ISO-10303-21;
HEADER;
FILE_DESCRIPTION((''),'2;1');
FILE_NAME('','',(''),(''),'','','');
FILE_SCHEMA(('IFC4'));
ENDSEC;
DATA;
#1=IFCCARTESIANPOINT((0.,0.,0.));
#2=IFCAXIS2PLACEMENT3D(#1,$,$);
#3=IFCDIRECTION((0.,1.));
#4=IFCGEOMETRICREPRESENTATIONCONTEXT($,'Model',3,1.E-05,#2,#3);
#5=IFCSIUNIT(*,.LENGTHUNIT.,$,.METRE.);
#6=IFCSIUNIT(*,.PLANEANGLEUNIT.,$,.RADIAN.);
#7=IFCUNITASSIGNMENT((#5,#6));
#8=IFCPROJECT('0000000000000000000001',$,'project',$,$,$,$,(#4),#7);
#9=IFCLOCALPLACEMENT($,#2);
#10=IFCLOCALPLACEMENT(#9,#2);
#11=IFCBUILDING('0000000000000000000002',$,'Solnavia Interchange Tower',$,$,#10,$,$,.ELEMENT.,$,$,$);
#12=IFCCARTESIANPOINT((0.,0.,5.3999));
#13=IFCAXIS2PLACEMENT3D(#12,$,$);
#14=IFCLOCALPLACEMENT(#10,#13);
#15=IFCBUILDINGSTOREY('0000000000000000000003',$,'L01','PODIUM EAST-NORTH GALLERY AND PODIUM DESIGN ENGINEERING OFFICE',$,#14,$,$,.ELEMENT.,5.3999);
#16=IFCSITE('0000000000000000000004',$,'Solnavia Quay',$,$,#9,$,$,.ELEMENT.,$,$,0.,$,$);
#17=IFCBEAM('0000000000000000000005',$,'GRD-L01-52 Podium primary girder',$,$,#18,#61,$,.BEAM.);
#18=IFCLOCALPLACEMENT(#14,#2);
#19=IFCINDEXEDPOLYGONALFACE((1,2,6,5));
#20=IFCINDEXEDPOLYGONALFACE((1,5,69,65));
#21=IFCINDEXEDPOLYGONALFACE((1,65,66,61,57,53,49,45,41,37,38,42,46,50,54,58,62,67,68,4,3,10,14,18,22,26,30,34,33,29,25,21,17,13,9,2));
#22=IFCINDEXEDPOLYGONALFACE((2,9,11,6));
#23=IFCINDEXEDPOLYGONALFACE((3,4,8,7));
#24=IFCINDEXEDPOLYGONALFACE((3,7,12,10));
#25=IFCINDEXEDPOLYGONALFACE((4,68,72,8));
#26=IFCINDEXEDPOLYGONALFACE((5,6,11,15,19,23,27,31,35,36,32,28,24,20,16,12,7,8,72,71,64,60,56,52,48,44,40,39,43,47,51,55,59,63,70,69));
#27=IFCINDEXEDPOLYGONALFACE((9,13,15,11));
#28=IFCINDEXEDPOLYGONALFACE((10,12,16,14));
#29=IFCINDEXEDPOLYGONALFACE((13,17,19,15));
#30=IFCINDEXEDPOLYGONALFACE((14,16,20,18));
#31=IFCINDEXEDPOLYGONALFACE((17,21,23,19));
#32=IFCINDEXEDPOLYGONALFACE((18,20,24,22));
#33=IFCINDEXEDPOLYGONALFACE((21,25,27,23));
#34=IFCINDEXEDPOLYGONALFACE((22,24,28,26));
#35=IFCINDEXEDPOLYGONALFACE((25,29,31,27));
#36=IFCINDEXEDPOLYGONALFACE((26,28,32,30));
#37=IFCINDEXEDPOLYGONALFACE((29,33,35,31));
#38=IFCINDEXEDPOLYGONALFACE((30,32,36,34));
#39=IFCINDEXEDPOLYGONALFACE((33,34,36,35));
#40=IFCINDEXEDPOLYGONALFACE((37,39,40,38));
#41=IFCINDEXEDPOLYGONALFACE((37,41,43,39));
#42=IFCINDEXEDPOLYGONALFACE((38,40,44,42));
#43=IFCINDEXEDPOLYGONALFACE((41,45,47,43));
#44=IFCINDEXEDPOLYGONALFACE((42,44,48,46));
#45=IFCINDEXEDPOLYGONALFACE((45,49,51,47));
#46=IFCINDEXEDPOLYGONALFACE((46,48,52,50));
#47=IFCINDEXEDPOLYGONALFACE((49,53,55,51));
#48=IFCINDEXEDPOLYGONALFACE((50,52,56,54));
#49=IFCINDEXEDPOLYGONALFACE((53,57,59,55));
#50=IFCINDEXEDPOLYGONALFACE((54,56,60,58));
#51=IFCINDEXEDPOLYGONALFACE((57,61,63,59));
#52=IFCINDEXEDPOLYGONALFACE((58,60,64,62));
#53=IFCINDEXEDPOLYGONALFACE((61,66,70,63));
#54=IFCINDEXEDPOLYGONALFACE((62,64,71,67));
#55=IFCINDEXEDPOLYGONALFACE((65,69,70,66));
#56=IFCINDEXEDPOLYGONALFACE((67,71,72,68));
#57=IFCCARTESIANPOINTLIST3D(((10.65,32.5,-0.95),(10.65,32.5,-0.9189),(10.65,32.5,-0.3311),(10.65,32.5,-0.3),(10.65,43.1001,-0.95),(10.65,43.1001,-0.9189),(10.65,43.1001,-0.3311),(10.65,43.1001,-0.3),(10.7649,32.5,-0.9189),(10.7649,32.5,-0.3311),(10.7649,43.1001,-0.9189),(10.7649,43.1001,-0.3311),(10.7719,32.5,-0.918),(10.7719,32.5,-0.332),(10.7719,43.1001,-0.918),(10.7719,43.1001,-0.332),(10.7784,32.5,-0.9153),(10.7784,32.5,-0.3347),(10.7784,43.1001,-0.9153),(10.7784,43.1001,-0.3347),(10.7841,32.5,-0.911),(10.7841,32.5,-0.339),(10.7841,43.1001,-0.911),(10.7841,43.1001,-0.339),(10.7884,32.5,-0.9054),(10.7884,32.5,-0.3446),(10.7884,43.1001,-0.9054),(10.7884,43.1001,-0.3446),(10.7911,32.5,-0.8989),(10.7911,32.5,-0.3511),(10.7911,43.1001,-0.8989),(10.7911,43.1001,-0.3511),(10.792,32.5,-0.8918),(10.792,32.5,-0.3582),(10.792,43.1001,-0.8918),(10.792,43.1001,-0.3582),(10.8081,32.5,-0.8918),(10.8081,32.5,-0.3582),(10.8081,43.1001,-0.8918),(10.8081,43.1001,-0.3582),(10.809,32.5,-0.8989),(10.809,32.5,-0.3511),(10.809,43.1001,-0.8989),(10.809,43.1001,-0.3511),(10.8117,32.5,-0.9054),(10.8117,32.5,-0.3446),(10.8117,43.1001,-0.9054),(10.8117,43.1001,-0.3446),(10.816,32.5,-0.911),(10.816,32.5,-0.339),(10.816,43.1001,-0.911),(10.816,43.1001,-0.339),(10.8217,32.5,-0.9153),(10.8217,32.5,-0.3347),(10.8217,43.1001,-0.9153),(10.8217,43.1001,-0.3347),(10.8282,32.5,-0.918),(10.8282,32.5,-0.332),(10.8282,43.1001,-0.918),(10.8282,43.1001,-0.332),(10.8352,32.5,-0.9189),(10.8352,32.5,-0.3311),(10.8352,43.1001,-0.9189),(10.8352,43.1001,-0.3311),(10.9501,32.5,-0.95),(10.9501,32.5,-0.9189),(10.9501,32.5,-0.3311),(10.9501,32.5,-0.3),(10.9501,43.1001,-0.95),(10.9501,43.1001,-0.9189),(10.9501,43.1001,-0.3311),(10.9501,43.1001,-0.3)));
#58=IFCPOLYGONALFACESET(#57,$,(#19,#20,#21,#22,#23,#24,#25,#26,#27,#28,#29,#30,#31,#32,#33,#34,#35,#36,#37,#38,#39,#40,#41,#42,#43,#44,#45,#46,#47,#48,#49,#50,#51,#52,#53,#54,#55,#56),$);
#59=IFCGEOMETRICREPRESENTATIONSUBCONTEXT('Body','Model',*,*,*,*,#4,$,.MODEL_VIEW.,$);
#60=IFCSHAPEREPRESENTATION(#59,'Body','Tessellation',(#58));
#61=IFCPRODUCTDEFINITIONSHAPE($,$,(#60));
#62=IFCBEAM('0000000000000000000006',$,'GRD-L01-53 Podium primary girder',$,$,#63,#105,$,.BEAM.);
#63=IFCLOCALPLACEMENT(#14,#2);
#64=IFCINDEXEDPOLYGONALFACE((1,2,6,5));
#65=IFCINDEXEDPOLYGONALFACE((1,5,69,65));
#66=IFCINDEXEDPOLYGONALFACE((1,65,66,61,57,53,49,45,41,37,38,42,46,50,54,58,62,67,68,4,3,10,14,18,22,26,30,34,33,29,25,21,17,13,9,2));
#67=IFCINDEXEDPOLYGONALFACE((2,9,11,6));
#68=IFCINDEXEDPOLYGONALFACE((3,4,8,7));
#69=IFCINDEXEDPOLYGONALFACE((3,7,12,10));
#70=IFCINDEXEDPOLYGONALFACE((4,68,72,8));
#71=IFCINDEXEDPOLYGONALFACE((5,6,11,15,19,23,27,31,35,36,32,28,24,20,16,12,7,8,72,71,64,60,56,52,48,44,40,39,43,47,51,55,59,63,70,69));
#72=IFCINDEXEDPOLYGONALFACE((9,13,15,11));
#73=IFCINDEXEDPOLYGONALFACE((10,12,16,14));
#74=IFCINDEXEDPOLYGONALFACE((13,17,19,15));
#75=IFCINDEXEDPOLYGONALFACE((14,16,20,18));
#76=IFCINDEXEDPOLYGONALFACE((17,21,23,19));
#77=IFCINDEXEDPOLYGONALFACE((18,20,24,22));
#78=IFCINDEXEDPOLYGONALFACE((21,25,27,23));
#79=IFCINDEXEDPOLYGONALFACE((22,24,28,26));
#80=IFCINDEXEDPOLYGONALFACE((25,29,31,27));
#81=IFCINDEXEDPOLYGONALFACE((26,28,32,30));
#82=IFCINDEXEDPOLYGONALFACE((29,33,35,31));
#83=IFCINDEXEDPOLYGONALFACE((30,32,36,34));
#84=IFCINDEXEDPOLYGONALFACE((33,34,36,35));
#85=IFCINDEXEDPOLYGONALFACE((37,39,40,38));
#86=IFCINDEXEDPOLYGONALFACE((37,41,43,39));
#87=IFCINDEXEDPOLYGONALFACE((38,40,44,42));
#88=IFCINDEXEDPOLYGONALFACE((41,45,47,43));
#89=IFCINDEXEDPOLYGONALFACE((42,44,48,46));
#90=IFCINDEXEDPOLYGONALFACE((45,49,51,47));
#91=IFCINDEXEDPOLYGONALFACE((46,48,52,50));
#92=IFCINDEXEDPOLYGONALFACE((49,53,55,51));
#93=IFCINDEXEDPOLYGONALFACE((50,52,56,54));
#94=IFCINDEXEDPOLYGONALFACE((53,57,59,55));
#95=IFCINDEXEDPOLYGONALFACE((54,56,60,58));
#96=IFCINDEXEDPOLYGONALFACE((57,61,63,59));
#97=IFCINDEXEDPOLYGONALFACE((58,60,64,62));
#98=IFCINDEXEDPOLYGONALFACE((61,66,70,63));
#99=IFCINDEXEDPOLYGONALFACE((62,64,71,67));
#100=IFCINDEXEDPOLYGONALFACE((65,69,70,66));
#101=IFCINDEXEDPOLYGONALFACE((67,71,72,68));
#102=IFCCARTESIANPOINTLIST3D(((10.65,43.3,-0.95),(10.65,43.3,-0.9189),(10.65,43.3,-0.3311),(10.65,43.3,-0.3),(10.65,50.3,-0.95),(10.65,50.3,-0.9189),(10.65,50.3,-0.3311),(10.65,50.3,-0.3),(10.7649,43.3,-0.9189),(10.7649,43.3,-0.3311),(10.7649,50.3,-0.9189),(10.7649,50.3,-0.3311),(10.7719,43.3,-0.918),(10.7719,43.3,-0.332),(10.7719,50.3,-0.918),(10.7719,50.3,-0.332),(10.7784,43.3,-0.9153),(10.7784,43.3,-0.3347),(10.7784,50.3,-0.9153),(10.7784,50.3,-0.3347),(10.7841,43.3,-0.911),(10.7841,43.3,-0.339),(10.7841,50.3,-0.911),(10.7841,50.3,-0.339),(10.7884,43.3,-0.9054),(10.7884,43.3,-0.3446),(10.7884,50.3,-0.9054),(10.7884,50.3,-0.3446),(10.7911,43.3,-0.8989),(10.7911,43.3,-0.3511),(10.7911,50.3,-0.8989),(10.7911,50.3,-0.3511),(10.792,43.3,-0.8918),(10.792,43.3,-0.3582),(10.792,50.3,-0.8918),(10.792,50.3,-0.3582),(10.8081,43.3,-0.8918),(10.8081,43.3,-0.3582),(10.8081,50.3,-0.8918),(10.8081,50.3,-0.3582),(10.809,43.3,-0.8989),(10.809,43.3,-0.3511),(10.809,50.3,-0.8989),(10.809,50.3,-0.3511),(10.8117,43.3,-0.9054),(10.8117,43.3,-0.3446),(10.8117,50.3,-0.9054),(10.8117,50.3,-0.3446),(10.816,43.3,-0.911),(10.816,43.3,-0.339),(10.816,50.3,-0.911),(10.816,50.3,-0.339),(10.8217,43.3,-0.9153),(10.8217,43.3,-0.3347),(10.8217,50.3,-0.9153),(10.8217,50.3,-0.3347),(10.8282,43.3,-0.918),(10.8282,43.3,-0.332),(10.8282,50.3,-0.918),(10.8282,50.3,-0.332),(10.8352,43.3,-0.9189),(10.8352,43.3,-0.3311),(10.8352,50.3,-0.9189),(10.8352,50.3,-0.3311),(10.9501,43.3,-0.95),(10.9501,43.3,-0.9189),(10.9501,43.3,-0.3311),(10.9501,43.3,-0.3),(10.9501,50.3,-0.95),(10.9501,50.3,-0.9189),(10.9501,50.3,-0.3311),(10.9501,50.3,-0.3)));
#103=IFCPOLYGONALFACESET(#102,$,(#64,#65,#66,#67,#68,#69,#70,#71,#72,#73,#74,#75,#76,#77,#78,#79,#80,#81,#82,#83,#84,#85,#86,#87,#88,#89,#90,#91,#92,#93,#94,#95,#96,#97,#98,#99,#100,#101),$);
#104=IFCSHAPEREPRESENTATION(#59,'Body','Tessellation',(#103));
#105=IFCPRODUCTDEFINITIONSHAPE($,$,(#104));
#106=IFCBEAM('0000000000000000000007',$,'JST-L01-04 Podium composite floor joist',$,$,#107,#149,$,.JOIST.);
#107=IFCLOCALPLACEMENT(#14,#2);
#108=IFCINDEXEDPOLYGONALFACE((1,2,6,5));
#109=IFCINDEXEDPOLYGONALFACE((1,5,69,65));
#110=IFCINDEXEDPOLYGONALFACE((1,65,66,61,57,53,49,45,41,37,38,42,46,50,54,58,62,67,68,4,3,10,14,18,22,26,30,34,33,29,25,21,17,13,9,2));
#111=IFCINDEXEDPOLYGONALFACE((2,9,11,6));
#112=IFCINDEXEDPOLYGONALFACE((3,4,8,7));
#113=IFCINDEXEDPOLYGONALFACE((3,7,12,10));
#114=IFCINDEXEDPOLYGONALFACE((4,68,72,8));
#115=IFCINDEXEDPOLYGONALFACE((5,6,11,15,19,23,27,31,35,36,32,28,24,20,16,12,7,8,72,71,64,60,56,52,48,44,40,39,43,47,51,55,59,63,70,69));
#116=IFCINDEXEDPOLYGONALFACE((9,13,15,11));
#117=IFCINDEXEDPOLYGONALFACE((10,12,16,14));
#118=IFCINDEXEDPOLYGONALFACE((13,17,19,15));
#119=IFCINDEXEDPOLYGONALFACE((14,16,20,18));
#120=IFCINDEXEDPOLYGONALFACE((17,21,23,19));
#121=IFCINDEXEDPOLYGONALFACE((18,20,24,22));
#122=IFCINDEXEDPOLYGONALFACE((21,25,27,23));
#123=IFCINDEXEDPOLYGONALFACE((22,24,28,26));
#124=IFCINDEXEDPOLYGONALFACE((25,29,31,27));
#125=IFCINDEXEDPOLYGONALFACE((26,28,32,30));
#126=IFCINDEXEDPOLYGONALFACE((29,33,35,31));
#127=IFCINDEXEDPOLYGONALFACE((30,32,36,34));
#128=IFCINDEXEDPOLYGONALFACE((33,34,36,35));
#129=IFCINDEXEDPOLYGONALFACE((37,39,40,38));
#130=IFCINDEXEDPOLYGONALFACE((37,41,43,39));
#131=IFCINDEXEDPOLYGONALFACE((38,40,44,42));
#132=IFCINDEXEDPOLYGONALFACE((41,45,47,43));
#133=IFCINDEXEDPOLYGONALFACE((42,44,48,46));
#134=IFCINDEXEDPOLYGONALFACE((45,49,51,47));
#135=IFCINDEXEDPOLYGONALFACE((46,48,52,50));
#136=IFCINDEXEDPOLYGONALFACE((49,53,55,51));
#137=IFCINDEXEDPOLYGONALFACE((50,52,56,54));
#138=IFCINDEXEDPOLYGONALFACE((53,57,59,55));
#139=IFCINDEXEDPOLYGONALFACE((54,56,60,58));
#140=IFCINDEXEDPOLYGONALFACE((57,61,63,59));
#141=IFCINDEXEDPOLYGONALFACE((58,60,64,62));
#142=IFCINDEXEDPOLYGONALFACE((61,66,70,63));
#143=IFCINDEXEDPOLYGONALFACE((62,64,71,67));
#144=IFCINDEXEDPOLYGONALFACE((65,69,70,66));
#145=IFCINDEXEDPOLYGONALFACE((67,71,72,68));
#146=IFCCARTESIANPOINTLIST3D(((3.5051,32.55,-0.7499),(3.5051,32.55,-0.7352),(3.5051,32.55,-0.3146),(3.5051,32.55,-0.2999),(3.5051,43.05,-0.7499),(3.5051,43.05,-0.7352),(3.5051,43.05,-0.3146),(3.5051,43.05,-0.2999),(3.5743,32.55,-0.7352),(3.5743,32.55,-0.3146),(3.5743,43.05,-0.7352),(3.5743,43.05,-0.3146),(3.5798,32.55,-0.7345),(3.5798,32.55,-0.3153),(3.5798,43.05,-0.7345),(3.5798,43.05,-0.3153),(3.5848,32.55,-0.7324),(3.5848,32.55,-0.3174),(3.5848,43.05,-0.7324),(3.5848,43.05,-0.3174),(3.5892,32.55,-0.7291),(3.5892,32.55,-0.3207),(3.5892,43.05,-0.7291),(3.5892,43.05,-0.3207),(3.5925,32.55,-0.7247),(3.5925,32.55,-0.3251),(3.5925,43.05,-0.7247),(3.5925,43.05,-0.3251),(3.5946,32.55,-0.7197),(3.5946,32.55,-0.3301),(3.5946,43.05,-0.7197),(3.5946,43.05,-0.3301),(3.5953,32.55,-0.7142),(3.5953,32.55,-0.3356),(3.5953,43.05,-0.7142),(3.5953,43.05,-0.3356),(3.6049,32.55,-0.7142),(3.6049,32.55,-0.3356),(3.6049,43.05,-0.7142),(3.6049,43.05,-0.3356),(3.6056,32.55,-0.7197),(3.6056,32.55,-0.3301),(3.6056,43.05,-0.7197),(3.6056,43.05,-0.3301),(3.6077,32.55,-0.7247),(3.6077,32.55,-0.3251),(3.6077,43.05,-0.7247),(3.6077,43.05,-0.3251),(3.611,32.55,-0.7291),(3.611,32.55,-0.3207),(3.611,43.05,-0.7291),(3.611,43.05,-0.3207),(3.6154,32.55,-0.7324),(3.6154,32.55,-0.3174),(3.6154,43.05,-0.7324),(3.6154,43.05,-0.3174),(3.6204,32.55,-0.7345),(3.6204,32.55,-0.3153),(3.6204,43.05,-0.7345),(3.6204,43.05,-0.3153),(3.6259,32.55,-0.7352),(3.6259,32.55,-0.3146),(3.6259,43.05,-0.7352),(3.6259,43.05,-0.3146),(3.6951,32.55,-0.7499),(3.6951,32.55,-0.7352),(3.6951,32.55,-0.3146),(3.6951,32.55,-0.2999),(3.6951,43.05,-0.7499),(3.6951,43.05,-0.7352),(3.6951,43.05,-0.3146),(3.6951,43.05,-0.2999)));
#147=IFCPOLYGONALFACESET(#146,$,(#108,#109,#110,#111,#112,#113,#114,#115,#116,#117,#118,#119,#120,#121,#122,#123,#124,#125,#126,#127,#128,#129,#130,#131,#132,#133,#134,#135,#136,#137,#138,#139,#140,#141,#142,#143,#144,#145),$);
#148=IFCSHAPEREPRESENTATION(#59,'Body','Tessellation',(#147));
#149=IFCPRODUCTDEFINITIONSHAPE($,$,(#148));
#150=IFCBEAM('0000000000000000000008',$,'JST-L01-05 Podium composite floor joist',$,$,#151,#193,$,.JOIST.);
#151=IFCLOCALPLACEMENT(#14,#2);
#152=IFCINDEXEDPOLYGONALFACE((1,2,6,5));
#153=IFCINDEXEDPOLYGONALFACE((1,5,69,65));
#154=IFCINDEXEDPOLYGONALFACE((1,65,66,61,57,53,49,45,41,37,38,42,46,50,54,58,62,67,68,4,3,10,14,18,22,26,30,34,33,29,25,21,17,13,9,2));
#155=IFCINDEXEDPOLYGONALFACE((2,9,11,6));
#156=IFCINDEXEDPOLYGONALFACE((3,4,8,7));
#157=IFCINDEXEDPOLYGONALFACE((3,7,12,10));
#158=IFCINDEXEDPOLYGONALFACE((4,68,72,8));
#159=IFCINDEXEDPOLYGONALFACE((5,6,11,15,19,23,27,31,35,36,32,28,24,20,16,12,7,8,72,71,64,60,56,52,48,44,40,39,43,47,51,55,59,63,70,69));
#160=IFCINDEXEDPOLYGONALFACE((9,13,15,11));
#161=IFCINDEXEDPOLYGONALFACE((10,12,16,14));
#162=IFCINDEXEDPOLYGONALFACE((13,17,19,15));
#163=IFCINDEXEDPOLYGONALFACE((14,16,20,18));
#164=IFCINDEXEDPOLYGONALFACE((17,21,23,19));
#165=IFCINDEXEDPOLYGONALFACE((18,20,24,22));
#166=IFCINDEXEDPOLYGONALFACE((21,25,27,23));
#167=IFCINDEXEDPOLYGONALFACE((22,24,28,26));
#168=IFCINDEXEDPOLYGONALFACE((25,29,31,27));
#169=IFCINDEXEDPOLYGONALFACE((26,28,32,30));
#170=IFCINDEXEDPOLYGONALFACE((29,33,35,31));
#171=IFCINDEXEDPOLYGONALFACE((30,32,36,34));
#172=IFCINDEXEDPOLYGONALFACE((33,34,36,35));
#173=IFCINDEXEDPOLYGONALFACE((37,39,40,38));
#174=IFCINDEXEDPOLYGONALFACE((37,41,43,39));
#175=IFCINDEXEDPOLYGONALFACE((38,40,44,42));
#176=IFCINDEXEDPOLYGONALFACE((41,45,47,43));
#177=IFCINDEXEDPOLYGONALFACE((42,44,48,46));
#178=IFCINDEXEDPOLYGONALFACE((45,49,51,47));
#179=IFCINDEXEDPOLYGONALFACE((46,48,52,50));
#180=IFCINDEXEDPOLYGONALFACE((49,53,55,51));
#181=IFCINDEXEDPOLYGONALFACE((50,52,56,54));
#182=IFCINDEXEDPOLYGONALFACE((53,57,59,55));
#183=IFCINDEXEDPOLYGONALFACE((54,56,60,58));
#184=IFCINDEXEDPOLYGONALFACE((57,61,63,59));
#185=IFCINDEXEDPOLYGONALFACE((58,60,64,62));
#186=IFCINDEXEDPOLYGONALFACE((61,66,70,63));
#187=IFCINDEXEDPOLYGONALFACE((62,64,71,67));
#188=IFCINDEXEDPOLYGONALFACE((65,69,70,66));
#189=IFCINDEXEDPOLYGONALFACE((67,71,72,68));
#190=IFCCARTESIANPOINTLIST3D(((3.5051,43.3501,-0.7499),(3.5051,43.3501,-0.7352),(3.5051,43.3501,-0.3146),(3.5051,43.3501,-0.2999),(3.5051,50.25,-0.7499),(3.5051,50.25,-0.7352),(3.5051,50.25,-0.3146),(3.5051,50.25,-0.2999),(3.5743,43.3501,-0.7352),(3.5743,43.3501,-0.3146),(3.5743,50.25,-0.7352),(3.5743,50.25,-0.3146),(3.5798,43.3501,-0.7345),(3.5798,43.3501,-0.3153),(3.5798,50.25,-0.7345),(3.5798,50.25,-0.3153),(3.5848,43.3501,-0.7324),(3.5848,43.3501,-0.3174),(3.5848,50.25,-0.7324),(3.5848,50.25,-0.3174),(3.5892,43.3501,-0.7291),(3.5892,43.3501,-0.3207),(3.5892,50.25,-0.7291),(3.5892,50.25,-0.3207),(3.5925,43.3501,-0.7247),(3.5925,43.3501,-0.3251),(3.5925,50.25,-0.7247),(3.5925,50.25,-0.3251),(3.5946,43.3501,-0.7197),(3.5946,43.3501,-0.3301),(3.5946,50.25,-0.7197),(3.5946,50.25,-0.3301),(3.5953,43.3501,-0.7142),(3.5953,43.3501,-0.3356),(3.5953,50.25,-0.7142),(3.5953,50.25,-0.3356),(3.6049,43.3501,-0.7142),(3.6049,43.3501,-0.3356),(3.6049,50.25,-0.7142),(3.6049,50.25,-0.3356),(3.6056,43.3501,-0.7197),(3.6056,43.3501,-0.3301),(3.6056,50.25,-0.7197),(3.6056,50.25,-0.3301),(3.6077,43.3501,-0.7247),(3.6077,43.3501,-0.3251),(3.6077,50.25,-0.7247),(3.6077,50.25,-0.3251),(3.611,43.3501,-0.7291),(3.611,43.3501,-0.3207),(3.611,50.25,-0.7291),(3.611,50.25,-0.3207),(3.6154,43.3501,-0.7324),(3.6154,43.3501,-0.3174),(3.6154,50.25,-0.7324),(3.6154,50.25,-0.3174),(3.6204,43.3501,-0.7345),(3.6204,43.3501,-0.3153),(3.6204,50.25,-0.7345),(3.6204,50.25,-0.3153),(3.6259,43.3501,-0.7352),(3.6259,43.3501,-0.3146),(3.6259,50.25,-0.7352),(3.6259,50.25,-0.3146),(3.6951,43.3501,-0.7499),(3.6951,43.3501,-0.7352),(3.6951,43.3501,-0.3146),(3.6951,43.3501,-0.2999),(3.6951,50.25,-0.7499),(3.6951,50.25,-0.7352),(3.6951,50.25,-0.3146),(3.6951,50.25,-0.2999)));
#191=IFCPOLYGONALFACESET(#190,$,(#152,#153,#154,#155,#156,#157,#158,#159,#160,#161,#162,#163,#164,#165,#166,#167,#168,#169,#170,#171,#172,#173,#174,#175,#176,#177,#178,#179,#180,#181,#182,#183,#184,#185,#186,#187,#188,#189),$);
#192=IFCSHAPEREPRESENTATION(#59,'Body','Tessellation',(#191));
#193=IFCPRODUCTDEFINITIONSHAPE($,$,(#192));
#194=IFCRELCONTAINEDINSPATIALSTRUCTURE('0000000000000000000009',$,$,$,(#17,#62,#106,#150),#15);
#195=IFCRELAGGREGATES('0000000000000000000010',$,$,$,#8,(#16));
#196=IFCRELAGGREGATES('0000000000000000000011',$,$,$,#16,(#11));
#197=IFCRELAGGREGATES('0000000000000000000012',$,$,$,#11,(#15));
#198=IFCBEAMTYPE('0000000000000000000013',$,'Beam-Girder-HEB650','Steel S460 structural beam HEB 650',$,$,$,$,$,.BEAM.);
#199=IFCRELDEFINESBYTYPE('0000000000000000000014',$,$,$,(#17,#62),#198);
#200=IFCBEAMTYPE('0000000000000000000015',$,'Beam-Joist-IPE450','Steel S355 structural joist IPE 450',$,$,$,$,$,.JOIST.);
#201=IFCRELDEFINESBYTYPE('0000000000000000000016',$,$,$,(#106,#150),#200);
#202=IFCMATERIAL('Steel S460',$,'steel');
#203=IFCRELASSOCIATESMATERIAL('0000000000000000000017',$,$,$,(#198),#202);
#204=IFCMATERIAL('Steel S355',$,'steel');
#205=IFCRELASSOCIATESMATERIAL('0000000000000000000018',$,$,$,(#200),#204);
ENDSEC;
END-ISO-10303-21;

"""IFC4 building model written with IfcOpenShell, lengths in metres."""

from ifc_helpers import new_model, si_unit, direction, frame, origin, origin_2d, place, context, subcontext, project, spatial, i_section, extrude, material, material_profile, profile_set, type_object, element, save


model = new_model("IFC4")

# Units and contexts
model_context = context("Model", 3, precision=1e-05, world=origin(), true_north=direction((0.0, 1.0)))
body_context = subcontext(model_context, "Body", "Model", "MODEL_VIEW")
ifc_project = project(units=[si_unit("LENGTHUNIT", "METRE"), si_unit("PLANEANGLEUNIT", "RADIAN")], contexts=[model_context])

# Site, building, storey
site_placement = place(None, origin())
site = spatial("IfcSite", under=ifc_project, at=site_placement, Name="Solnavia Quay", CompositionType="ELEMENT", RefElevation=0.0)
building_placement = place(site_placement, origin())
building = spatial("IfcBuilding", under=site, at=building_placement, Name="Solnavia Interchange Tower", CompositionType="ELEMENT")
storey_placement = place(building_placement, frame((0.0, 0.0, 5.3999)))
storey = spatial("IfcBuildingStorey", under=building, at=storey_placement, Name="L01", Description="PODIUM EAST-NORTH GALLERY AND PODIUM DESIGN ENGINEERING OFFICE", CompositionType="ELEMENT", Elevation=5.3999)

# Beams
ifc_material_1 = material(Name="Steel S460", Category="steel")
ifc_material_profile_1 = material_profile(ifc_material_1, i_section(OverallWidth=0.3, OverallDepth=0.6499, WebThickness=0.0161, FlangeThickness=0.031, FilletRadius=0.0271, at=origin_2d()), Name="HEB 650")
ifc_profile_set_1 = profile_set([ifc_material_profile_1], Name="Steel S460")
beam_type_1 = type_object("IfcBeamType", Name="Beam-Girder-HEB650", Description="Steel S460 structural beam HEB 650", PredefinedType="BEAM", material=ifc_profile_set_1)
beam_1_placement = place(storey_placement, frame((10.8, 32.5, -0.625), z_axis=(0.0, 1.0, 0.0), x_axis=(-1.0, 0.0, 0.0)))
element("IfcBeam", 1, at=beam_1_placement, inside=storey, type_object=beam_type_1, Name="GRD-L01-52 Podium primary girder", PredefinedType="BEAM", context=body_context, shape_type="SweptSolid", body=[
    extrude(i_section(OverallWidth=0.3, OverallDepth=0.6499, WebThickness=0.0161, FlangeThickness=0.031, FilletRadius=0.0271, at=origin_2d()), origin(), (0.0, 0.0, 1.0), 10.6001),
])
beam_2_placement = place(storey_placement, frame((10.8, 43.3, -0.625), z_axis=(0.0, 1.0, 0.0), x_axis=(-1.0, 0.0, 0.0)))
element("IfcBeam", 2, at=beam_2_placement, inside=storey, type_object=beam_type_1, Name="GRD-L01-53 Podium primary girder", PredefinedType="BEAM", context=body_context, shape_type="SweptSolid", body=[
    extrude(i_section(OverallWidth=0.3, OverallDepth=0.6499, WebThickness=0.0161, FlangeThickness=0.031, FilletRadius=0.0271, at=origin_2d()), origin(), (0.0, 0.0, 1.0), 7.0),
])
ifc_material_2 = material(Name="Steel S355", Category="steel")
ifc_material_profile_2 = material_profile(ifc_material_2, i_section(OverallWidth=0.1899, OverallDepth=0.45, WebThickness=0.0095, FlangeThickness=0.0146, FilletRadius=0.021, at=origin_2d()), Name="IPE 450")
ifc_profile_set_2 = profile_set([ifc_material_profile_2], Name="Steel S355")
beam_type_2 = type_object("IfcBeamType", Name="Beam-Joist-IPE450", Description="Steel S355 structural joist IPE 450", PredefinedType="JOIST", material=ifc_profile_set_2)
beam_3_placement = place(storey_placement, frame((3.6001, 32.55, -0.5249), z_axis=(0.0, 1.0, 0.0), x_axis=(-1.0, 0.0, 0.0)))
element("IfcBeam", 3, at=beam_3_placement, inside=storey, type_object=beam_type_2, Name="JST-L01-04 Podium composite floor joist", PredefinedType="JOIST", context=body_context, shape_type="SweptSolid", body=[
    extrude(i_section(OverallWidth=0.1899, OverallDepth=0.45, WebThickness=0.0095, FlangeThickness=0.0146, FilletRadius=0.021, at=origin_2d()), origin(), (0.0, 0.0, 1.0), 10.5),
])
beam_4_placement = place(storey_placement, frame((3.6001, 43.3501, -0.5249), z_axis=(0.0, 1.0, 0.0), x_axis=(-1.0, 0.0, 0.0)))
element("IfcBeam", 4, at=beam_4_placement, inside=storey, type_object=beam_type_2, Name="JST-L01-05 Podium composite floor joist", PredefinedType="JOIST", context=body_context, shape_type="SweptSolid", body=[
    extrude(i_section(OverallWidth=0.1899, OverallDepth=0.45, WebThickness=0.0095, FlangeThickness=0.0146, FilletRadius=0.021, at=origin_2d()), origin(), (0.0, 0.0, 1.0), 6.8999),
])

save(model, "model.ifc")
